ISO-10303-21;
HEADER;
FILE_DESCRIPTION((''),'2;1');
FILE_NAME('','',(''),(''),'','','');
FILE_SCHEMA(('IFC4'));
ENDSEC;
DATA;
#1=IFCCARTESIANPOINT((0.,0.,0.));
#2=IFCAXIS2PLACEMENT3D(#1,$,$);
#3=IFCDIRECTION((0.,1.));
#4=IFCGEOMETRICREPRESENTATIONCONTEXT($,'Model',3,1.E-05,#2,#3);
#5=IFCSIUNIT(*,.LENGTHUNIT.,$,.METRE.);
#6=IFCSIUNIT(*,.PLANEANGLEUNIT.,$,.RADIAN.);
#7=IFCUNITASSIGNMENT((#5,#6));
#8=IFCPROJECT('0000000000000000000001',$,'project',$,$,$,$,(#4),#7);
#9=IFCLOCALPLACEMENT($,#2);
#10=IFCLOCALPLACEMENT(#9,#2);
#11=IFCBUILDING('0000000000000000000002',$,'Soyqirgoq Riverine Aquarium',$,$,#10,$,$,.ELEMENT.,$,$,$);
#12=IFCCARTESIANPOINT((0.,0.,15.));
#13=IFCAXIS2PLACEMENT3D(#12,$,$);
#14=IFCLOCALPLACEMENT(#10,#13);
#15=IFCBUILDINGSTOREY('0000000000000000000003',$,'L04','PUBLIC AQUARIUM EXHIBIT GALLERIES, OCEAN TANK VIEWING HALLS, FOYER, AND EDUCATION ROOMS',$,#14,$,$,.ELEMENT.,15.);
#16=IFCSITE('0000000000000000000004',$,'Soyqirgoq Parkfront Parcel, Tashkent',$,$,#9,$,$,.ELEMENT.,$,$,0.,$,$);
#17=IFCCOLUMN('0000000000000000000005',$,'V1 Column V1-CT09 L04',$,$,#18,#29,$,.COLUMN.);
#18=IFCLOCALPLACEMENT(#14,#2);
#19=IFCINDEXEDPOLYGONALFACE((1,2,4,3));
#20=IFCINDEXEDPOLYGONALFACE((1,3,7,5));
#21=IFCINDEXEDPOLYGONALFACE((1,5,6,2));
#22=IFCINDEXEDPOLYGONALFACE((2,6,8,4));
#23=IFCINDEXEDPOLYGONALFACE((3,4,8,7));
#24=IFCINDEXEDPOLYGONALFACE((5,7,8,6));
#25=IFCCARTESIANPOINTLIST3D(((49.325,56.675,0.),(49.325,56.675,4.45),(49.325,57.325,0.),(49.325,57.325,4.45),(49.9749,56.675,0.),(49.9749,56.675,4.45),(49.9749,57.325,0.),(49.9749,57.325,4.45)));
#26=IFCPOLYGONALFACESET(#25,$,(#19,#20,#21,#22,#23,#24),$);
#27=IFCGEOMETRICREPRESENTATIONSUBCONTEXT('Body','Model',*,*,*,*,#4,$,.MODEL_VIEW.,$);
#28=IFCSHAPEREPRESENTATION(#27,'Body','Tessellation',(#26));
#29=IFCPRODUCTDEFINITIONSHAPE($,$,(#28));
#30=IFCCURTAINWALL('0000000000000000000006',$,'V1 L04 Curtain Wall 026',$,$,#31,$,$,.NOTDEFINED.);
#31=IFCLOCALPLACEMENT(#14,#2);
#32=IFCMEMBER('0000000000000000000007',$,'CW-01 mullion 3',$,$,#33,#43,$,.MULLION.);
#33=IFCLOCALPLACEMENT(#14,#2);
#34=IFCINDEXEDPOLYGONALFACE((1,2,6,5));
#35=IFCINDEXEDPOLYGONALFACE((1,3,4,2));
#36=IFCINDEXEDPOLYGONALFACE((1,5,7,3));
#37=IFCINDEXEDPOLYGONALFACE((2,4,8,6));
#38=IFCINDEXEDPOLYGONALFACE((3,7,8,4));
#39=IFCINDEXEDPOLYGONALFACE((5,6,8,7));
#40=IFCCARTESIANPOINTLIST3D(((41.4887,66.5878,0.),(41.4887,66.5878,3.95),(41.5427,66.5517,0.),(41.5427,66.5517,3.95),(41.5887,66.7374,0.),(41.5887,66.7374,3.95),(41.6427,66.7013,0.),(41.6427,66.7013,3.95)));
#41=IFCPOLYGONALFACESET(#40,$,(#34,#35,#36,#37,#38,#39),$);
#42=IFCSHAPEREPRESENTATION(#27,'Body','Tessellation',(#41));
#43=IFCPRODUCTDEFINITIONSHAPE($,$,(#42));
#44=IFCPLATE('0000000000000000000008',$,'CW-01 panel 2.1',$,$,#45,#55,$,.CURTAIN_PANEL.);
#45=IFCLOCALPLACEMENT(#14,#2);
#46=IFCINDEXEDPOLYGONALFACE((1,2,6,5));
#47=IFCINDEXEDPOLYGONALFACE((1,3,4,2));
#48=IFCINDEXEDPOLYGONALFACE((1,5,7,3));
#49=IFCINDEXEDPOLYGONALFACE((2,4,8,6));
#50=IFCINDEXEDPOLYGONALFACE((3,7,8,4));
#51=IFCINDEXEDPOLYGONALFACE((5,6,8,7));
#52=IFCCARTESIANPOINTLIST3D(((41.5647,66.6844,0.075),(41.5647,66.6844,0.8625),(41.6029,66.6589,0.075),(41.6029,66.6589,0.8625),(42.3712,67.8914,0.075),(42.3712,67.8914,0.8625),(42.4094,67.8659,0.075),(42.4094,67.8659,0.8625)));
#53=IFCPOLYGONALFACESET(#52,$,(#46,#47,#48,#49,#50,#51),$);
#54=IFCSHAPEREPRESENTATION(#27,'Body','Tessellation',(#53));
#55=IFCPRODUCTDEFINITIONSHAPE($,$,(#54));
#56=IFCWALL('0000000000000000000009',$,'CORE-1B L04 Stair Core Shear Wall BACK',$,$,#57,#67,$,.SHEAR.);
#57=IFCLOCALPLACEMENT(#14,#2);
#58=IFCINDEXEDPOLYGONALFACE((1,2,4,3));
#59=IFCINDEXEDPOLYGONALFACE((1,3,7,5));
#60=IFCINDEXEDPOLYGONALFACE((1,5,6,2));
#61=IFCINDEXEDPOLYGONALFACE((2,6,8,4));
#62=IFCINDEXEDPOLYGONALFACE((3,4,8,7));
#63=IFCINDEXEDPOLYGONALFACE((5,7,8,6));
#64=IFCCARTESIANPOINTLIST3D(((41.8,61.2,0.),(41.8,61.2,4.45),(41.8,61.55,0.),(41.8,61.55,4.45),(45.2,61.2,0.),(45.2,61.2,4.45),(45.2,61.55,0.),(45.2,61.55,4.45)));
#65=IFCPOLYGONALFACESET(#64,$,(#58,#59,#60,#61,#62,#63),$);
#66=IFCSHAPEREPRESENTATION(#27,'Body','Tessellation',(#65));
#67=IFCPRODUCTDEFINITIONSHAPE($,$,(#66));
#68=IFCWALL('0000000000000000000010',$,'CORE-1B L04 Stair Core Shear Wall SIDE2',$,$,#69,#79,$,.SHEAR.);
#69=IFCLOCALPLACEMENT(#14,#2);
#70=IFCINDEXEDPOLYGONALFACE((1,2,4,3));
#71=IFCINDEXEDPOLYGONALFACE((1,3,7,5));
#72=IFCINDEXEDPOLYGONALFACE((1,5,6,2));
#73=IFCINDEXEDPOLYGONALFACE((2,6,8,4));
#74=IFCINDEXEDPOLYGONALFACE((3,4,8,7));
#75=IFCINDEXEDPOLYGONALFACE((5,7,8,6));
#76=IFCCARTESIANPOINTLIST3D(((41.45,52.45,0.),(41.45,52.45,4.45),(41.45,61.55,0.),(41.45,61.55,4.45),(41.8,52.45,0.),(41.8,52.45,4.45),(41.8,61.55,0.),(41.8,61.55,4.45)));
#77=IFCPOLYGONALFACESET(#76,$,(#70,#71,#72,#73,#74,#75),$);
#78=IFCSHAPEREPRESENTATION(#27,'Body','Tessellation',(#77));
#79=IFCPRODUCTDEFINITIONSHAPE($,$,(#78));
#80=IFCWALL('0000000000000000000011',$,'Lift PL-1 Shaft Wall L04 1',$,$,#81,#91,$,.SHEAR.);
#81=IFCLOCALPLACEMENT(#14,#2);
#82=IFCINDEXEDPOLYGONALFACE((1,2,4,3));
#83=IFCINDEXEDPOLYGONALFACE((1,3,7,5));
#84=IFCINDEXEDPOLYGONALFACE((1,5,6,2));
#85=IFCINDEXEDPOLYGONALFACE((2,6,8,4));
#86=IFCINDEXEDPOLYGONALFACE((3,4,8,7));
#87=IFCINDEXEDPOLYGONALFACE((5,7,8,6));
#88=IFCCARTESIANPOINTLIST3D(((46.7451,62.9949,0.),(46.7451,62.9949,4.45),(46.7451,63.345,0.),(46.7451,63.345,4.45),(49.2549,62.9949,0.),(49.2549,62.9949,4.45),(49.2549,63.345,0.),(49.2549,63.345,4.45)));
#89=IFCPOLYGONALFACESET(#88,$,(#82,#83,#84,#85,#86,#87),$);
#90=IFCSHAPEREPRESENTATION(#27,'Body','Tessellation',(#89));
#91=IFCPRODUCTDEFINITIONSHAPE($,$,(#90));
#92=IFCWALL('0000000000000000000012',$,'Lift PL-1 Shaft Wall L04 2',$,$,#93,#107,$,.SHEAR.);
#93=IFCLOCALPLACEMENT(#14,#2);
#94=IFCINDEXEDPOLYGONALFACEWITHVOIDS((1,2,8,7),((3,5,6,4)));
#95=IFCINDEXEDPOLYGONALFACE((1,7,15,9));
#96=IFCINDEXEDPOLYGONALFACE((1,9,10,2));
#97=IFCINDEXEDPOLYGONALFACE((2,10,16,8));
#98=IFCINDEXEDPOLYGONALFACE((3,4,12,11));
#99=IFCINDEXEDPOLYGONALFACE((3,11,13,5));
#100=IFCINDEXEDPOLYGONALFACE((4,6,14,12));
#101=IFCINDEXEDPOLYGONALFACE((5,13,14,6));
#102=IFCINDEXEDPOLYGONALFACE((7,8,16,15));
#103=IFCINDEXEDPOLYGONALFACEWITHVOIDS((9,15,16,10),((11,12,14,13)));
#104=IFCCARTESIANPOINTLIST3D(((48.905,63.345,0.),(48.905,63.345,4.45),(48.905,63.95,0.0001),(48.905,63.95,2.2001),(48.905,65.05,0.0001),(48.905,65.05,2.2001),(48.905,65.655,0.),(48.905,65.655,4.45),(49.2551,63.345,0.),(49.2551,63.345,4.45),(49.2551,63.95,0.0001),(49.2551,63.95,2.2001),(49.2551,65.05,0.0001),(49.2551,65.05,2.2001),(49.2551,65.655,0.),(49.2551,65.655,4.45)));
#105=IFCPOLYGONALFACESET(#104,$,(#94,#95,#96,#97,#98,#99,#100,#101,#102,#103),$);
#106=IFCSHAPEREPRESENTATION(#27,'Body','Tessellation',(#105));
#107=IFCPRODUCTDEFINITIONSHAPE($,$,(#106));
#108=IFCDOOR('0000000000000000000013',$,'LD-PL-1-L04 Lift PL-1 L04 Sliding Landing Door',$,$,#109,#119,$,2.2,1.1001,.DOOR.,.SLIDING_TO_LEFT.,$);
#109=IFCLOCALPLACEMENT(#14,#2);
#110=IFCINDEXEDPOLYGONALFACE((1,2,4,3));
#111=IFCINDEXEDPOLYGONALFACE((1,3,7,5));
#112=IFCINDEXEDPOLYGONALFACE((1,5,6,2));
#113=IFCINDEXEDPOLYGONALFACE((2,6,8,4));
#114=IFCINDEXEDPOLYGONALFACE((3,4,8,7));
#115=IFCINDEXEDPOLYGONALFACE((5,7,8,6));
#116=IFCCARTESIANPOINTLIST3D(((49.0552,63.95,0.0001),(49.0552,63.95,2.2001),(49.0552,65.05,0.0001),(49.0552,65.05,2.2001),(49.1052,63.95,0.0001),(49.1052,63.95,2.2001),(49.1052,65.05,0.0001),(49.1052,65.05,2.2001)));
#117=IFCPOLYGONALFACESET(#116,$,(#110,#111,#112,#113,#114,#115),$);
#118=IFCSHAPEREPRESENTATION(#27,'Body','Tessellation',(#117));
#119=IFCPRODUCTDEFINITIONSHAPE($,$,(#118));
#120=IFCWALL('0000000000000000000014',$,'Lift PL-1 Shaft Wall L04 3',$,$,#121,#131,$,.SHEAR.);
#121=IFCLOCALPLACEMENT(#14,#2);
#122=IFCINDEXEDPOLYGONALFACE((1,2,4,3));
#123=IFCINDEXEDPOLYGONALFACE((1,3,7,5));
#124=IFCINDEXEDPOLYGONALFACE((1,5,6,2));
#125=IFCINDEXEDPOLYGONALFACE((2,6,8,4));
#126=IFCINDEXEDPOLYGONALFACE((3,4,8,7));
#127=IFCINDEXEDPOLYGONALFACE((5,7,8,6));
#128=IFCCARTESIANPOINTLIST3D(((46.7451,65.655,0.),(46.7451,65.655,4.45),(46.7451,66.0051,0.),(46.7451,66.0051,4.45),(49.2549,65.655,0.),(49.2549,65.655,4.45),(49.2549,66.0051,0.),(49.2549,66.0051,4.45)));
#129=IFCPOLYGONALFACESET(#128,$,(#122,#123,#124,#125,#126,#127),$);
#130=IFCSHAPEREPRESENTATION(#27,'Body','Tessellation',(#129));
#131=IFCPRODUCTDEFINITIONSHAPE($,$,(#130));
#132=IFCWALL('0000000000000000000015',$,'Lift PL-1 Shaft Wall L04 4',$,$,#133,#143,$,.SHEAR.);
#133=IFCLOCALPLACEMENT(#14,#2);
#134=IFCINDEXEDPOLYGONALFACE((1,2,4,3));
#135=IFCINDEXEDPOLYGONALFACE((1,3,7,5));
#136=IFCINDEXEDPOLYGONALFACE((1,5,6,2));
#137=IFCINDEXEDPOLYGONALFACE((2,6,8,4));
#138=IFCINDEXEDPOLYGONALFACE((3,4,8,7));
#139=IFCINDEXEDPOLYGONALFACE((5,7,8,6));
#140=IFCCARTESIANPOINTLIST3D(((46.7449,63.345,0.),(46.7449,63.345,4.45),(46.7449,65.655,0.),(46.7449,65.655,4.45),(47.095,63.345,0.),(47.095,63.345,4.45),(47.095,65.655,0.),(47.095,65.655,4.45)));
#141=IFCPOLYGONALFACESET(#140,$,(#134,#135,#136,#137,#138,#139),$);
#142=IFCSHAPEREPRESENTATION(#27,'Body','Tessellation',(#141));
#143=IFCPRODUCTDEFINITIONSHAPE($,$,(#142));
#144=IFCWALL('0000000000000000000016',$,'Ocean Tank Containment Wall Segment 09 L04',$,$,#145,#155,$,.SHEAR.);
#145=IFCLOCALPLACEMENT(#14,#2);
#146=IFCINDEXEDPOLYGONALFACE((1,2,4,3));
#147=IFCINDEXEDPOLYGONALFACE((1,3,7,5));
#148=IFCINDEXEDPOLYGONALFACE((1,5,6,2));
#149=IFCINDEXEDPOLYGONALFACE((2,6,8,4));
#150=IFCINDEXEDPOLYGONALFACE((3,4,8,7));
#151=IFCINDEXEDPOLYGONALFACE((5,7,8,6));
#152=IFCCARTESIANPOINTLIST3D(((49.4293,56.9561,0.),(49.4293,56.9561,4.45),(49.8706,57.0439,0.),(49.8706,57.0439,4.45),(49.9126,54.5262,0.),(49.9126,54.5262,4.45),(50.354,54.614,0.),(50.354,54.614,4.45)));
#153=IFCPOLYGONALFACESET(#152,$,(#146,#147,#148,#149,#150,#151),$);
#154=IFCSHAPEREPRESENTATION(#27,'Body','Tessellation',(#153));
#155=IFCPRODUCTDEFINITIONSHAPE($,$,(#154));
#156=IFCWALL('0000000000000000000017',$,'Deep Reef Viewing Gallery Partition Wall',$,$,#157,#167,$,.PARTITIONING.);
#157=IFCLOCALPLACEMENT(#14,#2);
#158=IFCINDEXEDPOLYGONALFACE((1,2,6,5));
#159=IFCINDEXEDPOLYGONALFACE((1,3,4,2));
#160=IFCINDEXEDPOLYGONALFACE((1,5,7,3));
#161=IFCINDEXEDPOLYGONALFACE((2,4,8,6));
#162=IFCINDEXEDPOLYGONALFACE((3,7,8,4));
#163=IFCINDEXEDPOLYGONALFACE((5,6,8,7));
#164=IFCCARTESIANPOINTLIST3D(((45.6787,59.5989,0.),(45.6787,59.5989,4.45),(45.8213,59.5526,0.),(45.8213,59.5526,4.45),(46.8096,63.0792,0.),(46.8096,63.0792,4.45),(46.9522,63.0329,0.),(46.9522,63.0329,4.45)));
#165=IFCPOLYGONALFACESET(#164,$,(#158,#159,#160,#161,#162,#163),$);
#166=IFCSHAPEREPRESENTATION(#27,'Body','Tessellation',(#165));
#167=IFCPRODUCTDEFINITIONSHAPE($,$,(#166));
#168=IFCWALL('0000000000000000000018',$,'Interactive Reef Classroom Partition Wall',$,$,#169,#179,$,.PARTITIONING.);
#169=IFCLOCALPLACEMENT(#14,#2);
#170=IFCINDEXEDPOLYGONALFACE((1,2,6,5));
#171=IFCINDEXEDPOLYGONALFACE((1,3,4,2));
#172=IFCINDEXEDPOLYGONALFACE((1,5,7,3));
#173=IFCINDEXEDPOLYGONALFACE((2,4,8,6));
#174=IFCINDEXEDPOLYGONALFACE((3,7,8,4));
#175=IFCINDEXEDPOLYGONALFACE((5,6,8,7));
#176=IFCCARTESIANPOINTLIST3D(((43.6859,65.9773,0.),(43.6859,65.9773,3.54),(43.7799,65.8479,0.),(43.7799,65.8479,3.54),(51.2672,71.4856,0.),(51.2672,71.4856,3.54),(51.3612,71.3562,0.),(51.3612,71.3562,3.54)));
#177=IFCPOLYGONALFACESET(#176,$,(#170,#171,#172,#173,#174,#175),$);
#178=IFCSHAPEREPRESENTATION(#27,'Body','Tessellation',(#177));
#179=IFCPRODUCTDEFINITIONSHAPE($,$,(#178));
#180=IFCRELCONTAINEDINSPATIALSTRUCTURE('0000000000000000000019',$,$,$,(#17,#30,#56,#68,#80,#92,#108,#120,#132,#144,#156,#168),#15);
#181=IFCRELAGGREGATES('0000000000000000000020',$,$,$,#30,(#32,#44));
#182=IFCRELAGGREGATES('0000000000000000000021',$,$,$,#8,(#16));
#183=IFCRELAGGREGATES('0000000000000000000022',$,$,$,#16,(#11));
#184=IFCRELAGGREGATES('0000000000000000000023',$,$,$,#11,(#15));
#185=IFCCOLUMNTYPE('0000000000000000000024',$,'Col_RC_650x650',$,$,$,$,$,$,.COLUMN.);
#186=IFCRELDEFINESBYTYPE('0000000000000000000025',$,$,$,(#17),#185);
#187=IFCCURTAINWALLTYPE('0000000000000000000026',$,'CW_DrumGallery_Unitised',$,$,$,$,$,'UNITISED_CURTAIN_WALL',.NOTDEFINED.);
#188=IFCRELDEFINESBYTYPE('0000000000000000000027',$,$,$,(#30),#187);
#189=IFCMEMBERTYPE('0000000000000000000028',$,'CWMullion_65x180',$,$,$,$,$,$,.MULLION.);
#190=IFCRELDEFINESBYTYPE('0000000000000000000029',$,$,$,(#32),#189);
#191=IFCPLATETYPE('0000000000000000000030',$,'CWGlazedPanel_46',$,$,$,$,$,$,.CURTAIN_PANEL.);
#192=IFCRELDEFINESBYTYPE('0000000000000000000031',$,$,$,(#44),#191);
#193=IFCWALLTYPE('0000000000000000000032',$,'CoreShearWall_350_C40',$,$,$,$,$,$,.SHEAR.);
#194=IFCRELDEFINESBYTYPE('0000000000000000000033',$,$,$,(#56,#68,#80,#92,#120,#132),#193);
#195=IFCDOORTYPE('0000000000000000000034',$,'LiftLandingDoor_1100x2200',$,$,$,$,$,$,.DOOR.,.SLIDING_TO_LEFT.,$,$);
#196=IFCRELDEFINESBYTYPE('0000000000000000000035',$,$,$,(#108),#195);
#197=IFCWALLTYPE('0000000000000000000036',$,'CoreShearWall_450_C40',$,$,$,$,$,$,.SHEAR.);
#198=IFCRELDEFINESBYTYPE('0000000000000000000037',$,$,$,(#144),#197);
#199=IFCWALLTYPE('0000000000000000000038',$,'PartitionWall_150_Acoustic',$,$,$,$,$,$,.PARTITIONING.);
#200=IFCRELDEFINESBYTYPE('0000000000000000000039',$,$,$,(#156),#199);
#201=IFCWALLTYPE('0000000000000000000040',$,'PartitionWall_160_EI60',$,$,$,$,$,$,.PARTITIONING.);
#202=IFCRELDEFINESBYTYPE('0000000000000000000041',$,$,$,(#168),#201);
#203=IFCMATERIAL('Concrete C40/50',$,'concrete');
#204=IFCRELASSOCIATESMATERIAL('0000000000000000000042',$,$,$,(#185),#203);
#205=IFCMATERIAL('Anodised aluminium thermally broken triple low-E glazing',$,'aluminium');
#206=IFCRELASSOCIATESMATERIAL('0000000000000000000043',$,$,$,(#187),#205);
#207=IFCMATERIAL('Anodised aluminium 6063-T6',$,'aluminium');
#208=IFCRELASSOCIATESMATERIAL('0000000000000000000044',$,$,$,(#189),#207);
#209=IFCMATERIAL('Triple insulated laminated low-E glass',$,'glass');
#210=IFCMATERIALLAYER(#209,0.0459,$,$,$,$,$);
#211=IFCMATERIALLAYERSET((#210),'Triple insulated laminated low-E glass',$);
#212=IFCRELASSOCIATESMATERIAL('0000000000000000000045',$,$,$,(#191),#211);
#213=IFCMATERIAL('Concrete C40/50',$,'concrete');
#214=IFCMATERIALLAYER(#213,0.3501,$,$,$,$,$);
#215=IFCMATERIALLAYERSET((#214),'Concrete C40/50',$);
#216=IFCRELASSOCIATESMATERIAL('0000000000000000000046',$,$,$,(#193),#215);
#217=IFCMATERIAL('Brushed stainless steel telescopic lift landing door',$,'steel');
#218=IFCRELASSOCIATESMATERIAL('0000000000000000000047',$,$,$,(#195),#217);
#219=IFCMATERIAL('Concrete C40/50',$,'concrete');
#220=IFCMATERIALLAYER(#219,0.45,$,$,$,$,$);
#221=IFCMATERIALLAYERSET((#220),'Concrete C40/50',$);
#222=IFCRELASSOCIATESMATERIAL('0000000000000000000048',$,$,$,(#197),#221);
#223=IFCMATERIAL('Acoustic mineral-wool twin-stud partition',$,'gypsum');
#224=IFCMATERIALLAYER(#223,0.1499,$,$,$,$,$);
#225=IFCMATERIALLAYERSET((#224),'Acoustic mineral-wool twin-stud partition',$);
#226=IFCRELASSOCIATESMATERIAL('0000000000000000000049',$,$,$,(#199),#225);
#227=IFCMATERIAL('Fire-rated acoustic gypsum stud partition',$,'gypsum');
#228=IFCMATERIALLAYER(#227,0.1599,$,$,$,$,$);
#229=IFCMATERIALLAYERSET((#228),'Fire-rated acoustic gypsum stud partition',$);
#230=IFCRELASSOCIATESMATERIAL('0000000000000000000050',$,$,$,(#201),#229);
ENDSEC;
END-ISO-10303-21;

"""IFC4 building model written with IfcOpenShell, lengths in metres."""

from ifc_helpers import new_model, si_unit, direction, frame, frame_2d, origin, origin_2d, place, context, subcontext, project, spatial, rectangle, extrude, material, layer, layer_set, material_profile, profile_set, type_object, element, fill, aggregate, save


model = new_model("IFC4")

# Units and contexts
model_context = context("Model", 3, precision=1e-05, world=origin(), true_north=direction((0.0, 1.0)))
body_context = subcontext(model_context, "Body", "Model", "MODEL_VIEW")
ifc_project = project(units=[si_unit("LENGTHUNIT", "METRE"), si_unit("PLANEANGLEUNIT", "RADIAN")], contexts=[model_context])

# Site, building, storey
site_placement = place(None, origin())
site = spatial("IfcSite", under=ifc_project, at=site_placement, Name="Soyqirgoq Parkfront Parcel, Tashkent", CompositionType="ELEMENT", RefElevation=0.0)
building_placement = place(site_placement, origin())
building = spatial("IfcBuilding", under=site, at=building_placement, Name="Soyqirgoq Riverine Aquarium", CompositionType="ELEMENT")
storey_placement = place(building_placement, frame((0.0, 0.0, 15.0)))
storey = spatial("IfcBuildingStorey", under=building, at=storey_placement, Name="L04", Description="PUBLIC AQUARIUM EXHIBIT GALLERIES, OCEAN TANK VIEWING HALLS, FOYER, AND EDUCATION ROOMS", CompositionType="ELEMENT", Elevation=15.0)

# Column
ifc_material_1 = material(Name="Concrete C40/50", Category="concrete")
ifc_material_profile_1 = material_profile(ifc_material_1, rectangle(XDim=0.6499, YDim=0.6499, at=origin_2d()), Name="RC 650x650")
ifc_profile_set_1 = profile_set([ifc_material_profile_1], Name="Concrete C40/50")
column_type = type_object("IfcColumnType", Name="Col_RC_650x650", PredefinedType="COLUMN", material=ifc_profile_set_1)
column_placement = place(storey_placement, frame((49.6499, 57.0, 0.0), z_axis=(0.0, 0.0, 1.0), x_axis=(-1.0, 0.0, 0.0)))
element("IfcColumn", 1, at=column_placement, inside=storey, type_object=column_type, Name="V1 Column V1-CT09 L04", PredefinedType="COLUMN", context=body_context, shape_type="SweptSolid", body=[
    extrude(rectangle(XDim=0.6499, YDim=0.6499, at=origin_2d()), origin(), (0.0, 0.0, 1.0), 4.45),
])

# Curtain wall, member, plate
ifc_material_2 = material(Name="Anodised aluminium thermally broken triple low-E glazing", Category="aluminium")
curtain_wall_type = type_object("IfcCurtainWallType", Name="CW_DrumGallery_Unitised", ElementType="UNITISED_CURTAIN_WALL", PredefinedType="NOTDEFINED", material=ifc_material_2)
curtain_wall_placement = place(storey_placement, origin())
curtain_wall = element("IfcCurtainWall", 2, at=curtain_wall_placement, inside=storey, type_object=curtain_wall_type, Name="V1 L04 Curtain Wall 026", PredefinedType="NOTDEFINED")
ifc_material_3 = material(Name="Anodised aluminium 6063-T6", Category="aluminium")
ifc_material_profile_2 = material_profile(ifc_material_3, rectangle(XDim=0.0649, YDim=0.1799, at=origin_2d()), Name="ALU-M 65x180")
ifc_profile_set_2 = profile_set([ifc_material_profile_2], Name="Anodised aluminium 6063-T6")
member_type = type_object("IfcMemberType", Name="CWMullion_65x180", PredefinedType="MULLION", material=ifc_profile_set_2)
member_placement = place(storey_placement, frame((41.5657, 66.6445, 0.0), z_axis=(0.0, 0.0, 1.0), x_axis=(0.831464, -0.555579, 0.0)))
member = element("IfcMember", 3, at=member_placement, type_object=member_type, Name="CW-01 mullion 3", PredefinedType="MULLION", context=body_context, shape_type="SweptSolid", body=[
    extrude(rectangle(XDim=0.0649, YDim=0.1799, at=origin_2d()), origin(), (0.0, 0.0, 1.0), 3.95),
])
ifc_material_4 = material(Name="Triple insulated laminated low-E glass", Category="glass")
ifc_layer_1 = layer(ifc_material_4, 0.0459)
ifc_layer_set_1 = layer_set([ifc_layer_1], Name="Triple insulated laminated low-E glass")
plate_type = type_object("IfcPlateType", Name="CWGlazedPanel_46", PredefinedType="CURTAIN_PANEL", material=ifc_layer_set_1)
plate_placement = place(storey_placement, frame((41.9871, 67.2751, 0.075), z_axis=(0.0, 0.0, 1.0), x_axis=(-0.555579, -0.831464, 0.0)))
plate = element("IfcPlate", 4, at=plate_placement, type_object=plate_type, Name="CW-01 panel 2.1", PredefinedType="CURTAIN_PANEL", context=body_context, shape_type="SweptSolid", body=[
    extrude(rectangle(XDim=1.4517, YDim=0.0459, at=origin_2d()), origin(), (0.0, 0.0, 1.0), 0.7876),
])
aggregate(curtain_wall, [member, plate])

# Walls
ifc_material_5 = material(Name="Concrete C40/50", Category="concrete")
ifc_layer_2 = layer(ifc_material_5, 0.3501)
ifc_layer_set_2 = layer_set([ifc_layer_2], Name="Concrete C40/50")
wall_type_1 = type_object("IfcWallType", Name="CoreShearWall_350_C40", PredefinedType="SHEAR", material=ifc_layer_set_2)
wall_1_placement = place(storey_placement, frame((45.2, 61.375, 0.0), z_axis=(0.0, 0.0, 1.0), x_axis=(-1.0, 0.0, 0.0)))
element("IfcWall", 5, at=wall_1_placement, inside=storey, type_object=wall_type_1, Name="CORE-1B L04 Stair Core Shear Wall BACK", PredefinedType="SHEAR", context=body_context, shape_type="SweptSolid", body=[
    extrude(rectangle(XDim=3.3999, YDim=0.3501, at=frame_2d((1.7, 0.0))), origin(), (0.0, 0.0, 1.0), 4.45),
])
wall_2_placement = place(storey_placement, frame((41.625, 61.55, 0.0), z_axis=(0.0, 0.0, 1.0), x_axis=(0.0, -1.0, 0.0)))
element("IfcWall", 6, at=wall_2_placement, inside=storey, type_object=wall_type_1, Name="CORE-1B L04 Stair Core Shear Wall SIDE2", PredefinedType="SHEAR", context=body_context, shape_type="SweptSolid", body=[
    extrude(rectangle(XDim=9.1001, YDim=0.3501, at=frame_2d((4.55, 0.0))), origin(), (0.0, 0.0, 1.0), 4.45),
])
wall_3_placement = place(storey_placement, frame((46.7451, 63.1699, 0.0), z_axis=(0.0, 0.0, 1.0), x_axis=(1.0, 0.0, 0.0)))
element("IfcWall", 7, at=wall_3_placement, inside=storey, type_object=wall_type_1, Name="Lift PL-1 Shaft Wall L04 1", PredefinedType="SHEAR", context=body_context, shape_type="SweptSolid", body=[
    extrude(rectangle(XDim=2.5098, YDim=0.3501, at=frame_2d((1.2549, 0.0))), origin(), (0.0, 0.0, 1.0), 4.45),
])

# Wall, opening, door
wall_4_placement = place(storey_placement, frame((49.0801, 63.345, 0.0), z_axis=(0.0, 0.0, 1.0), x_axis=(0.0, 1.0, 0.0)))
wall_4 = element("IfcWall", 8, at=wall_4_placement, inside=storey, type_object=wall_type_1, Name="Lift PL-1 Shaft Wall L04 2", PredefinedType="SHEAR", context=body_context, shape_type="SweptSolid", body=[
    extrude(rectangle(XDim=2.3101, YDim=0.3501, at=frame_2d((1.155, 0.0))), origin(), (0.0, 0.0, 1.0), 4.45),
])
opening_placement = place(wall_4_placement, frame((0.605, 0.0, 0.0)))
opening = element("IfcOpeningElement", 9, at=opening_placement, cuts=wall_4, PredefinedType="OPENING", context=body_context, shape_type="SweptSolid", body=[
    extrude(rectangle(XDim=1.1001, YDim=2.2, at=frame_2d((0.55, 1.1001))), frame((0.0, 0.1851, 0.0), z_axis=(0.0, -1.0, 0.0), x_axis=(1.0, 0.0, 0.0)), (0.0, 0.0, 1.0), 0.3701),
])
ifc_material_6 = material(Name="Brushed stainless steel telescopic lift landing door", Category="steel")
door_type = type_object("IfcDoorType", Name="LiftLandingDoor_1100x2200", OperationType="SLIDING_TO_LEFT", PredefinedType="DOOR", material=ifc_material_6)
door_placement = place(opening_placement, origin())
door = element("IfcDoor", 10, at=door_placement, inside=storey, type_object=door_type, Name="LD-PL-1-L04 Lift PL-1 L04 Sliding Landing Door", OperationType="SLIDING_TO_LEFT", OverallHeight=2.2, OverallWidth=1.1001, PredefinedType="DOOR", context=body_context, shape_type="SweptSolid", body=[
    extrude(rectangle(XDim=1.1001, YDim=2.2, at=frame_2d((0.55, 1.1001))), frame((0.0, 0.0249, 0.0), z_axis=(0.0, -1.0, 0.0), x_axis=(1.0, 0.0, 0.0)), (0.0, 0.0, 1.0), 0.05),
])
fill(opening, door)

# Walls
wall_5_placement = place(storey_placement, frame((49.2549, 65.8301, 0.0), z_axis=(0.0, 0.0, 1.0), x_axis=(-1.0, 0.0, 0.0)))
element("IfcWall", 11, at=wall_5_placement, inside=storey, type_object=wall_type_1, Name="Lift PL-1 Shaft Wall L04 3", PredefinedType="SHEAR", context=body_context, shape_type="SweptSolid", body=[
    extrude(rectangle(XDim=2.5098, YDim=0.3501, at=frame_2d((1.2549, 0.0))), origin(), (0.0, 0.0, 1.0), 4.45),
])
wall_6_placement = place(storey_placement, frame((46.9199, 65.655, 0.0), z_axis=(0.0, 0.0, 1.0), x_axis=(0.0, -1.0, 0.0)))
element("IfcWall", 12, at=wall_6_placement, inside=storey, type_object=wall_type_1, Name="Lift PL-1 Shaft Wall L04 4", PredefinedType="SHEAR", context=body_context, shape_type="SweptSolid", body=[
    extrude(rectangle(XDim=2.3101, YDim=0.3501, at=frame_2d((1.155, 0.0))), origin(), (0.0, 0.0, 1.0), 4.45),
])
ifc_material_7 = material(Name="Concrete C40/50", Category="concrete")
ifc_layer_3 = layer(ifc_material_7, 0.45)
ifc_layer_set_3 = layer_set([ifc_layer_3], Name="Concrete C40/50")
wall_type_2 = type_object("IfcWallType", Name="CoreShearWall_450_C40", PredefinedType="SHEAR", material=ifc_layer_set_3)
wall_7_placement = place(storey_placement, frame((49.6499, 57.0, 0.0), z_axis=(0.0, 0.0, 1.0), x_axis=(0.195112, -0.980781, 0.0)))
element("IfcWall", 13, at=wall_7_placement, inside=storey, type_object=wall_type_2, Name="Ocean Tank Containment Wall Segment 09 L04", PredefinedType="SHEAR", context=body_context, shape_type="SweptSolid", body=[
    extrude(rectangle(XDim=2.4775, YDim=0.45, at=frame_2d((1.2388, 0.0))), origin(), (0.0, 0.0, 1.0), 4.45),
])
ifc_material_8 = material(Name="Acoustic mineral-wool twin-stud partition", Category="gypsum")
ifc_layer_4 = layer(ifc_material_8, 0.1499)
ifc_layer_set_4 = layer_set([ifc_layer_4], Name="Acoustic mineral-wool twin-stud partition")
wall_type_3 = type_object("IfcWallType", Name="PartitionWall_150_Acoustic", PredefinedType="PARTITIONING", material=ifc_layer_set_4)
wall_8_placement = place(storey_placement, frame((46.8809, 63.0559, 0.0), z_axis=(0.0, 0.0, 1.0), x_axis=(-0.309033, -0.951051, 0.0)))
element("IfcWall", 14, at=wall_8_placement, inside=storey, type_object=wall_type_3, Name="Deep Reef Viewing Gallery Partition Wall", PredefinedType="PARTITIONING", context=body_context, shape_type="SweptSolid", body=[
    extrude(rectangle(XDim=3.6594, YDim=0.1499, at=frame_2d((1.8296, 0.0))), origin(), (0.0, 0.0, 1.0), 4.45),
])
ifc_material_9 = material(Name="Fire-rated acoustic gypsum stud partition", Category="gypsum")
ifc_layer_5 = layer(ifc_material_9, 0.1599)
ifc_layer_set_5 = layer_set([ifc_layer_5], Name="Fire-rated acoustic gypsum stud partition")
wall_type_4 = type_object("IfcWallType", Name="PartitionWall_160_EI60", PredefinedType="PARTITIONING", material=ifc_layer_set_5)
wall_9_placement = place(storey_placement, frame((43.7329, 65.9126, 0.0), z_axis=(0.0, 0.0, 1.0), x_axis=(0.809009, 0.587797, 0.0)))
element("IfcWall", 15, at=wall_9_placement, inside=storey, type_object=wall_type_4, Name="Interactive Reef Classroom Partition Wall", PredefinedType="PARTITIONING", context=body_context, shape_type="SweptSolid", body=[
    extrude(rectangle(XDim=9.3711, YDim=0.1599, at=frame_2d((4.6855, 0.0))), origin(), (0.0, 0.0, 1.0), 3.54),
])

save(model, "model.ifc")
